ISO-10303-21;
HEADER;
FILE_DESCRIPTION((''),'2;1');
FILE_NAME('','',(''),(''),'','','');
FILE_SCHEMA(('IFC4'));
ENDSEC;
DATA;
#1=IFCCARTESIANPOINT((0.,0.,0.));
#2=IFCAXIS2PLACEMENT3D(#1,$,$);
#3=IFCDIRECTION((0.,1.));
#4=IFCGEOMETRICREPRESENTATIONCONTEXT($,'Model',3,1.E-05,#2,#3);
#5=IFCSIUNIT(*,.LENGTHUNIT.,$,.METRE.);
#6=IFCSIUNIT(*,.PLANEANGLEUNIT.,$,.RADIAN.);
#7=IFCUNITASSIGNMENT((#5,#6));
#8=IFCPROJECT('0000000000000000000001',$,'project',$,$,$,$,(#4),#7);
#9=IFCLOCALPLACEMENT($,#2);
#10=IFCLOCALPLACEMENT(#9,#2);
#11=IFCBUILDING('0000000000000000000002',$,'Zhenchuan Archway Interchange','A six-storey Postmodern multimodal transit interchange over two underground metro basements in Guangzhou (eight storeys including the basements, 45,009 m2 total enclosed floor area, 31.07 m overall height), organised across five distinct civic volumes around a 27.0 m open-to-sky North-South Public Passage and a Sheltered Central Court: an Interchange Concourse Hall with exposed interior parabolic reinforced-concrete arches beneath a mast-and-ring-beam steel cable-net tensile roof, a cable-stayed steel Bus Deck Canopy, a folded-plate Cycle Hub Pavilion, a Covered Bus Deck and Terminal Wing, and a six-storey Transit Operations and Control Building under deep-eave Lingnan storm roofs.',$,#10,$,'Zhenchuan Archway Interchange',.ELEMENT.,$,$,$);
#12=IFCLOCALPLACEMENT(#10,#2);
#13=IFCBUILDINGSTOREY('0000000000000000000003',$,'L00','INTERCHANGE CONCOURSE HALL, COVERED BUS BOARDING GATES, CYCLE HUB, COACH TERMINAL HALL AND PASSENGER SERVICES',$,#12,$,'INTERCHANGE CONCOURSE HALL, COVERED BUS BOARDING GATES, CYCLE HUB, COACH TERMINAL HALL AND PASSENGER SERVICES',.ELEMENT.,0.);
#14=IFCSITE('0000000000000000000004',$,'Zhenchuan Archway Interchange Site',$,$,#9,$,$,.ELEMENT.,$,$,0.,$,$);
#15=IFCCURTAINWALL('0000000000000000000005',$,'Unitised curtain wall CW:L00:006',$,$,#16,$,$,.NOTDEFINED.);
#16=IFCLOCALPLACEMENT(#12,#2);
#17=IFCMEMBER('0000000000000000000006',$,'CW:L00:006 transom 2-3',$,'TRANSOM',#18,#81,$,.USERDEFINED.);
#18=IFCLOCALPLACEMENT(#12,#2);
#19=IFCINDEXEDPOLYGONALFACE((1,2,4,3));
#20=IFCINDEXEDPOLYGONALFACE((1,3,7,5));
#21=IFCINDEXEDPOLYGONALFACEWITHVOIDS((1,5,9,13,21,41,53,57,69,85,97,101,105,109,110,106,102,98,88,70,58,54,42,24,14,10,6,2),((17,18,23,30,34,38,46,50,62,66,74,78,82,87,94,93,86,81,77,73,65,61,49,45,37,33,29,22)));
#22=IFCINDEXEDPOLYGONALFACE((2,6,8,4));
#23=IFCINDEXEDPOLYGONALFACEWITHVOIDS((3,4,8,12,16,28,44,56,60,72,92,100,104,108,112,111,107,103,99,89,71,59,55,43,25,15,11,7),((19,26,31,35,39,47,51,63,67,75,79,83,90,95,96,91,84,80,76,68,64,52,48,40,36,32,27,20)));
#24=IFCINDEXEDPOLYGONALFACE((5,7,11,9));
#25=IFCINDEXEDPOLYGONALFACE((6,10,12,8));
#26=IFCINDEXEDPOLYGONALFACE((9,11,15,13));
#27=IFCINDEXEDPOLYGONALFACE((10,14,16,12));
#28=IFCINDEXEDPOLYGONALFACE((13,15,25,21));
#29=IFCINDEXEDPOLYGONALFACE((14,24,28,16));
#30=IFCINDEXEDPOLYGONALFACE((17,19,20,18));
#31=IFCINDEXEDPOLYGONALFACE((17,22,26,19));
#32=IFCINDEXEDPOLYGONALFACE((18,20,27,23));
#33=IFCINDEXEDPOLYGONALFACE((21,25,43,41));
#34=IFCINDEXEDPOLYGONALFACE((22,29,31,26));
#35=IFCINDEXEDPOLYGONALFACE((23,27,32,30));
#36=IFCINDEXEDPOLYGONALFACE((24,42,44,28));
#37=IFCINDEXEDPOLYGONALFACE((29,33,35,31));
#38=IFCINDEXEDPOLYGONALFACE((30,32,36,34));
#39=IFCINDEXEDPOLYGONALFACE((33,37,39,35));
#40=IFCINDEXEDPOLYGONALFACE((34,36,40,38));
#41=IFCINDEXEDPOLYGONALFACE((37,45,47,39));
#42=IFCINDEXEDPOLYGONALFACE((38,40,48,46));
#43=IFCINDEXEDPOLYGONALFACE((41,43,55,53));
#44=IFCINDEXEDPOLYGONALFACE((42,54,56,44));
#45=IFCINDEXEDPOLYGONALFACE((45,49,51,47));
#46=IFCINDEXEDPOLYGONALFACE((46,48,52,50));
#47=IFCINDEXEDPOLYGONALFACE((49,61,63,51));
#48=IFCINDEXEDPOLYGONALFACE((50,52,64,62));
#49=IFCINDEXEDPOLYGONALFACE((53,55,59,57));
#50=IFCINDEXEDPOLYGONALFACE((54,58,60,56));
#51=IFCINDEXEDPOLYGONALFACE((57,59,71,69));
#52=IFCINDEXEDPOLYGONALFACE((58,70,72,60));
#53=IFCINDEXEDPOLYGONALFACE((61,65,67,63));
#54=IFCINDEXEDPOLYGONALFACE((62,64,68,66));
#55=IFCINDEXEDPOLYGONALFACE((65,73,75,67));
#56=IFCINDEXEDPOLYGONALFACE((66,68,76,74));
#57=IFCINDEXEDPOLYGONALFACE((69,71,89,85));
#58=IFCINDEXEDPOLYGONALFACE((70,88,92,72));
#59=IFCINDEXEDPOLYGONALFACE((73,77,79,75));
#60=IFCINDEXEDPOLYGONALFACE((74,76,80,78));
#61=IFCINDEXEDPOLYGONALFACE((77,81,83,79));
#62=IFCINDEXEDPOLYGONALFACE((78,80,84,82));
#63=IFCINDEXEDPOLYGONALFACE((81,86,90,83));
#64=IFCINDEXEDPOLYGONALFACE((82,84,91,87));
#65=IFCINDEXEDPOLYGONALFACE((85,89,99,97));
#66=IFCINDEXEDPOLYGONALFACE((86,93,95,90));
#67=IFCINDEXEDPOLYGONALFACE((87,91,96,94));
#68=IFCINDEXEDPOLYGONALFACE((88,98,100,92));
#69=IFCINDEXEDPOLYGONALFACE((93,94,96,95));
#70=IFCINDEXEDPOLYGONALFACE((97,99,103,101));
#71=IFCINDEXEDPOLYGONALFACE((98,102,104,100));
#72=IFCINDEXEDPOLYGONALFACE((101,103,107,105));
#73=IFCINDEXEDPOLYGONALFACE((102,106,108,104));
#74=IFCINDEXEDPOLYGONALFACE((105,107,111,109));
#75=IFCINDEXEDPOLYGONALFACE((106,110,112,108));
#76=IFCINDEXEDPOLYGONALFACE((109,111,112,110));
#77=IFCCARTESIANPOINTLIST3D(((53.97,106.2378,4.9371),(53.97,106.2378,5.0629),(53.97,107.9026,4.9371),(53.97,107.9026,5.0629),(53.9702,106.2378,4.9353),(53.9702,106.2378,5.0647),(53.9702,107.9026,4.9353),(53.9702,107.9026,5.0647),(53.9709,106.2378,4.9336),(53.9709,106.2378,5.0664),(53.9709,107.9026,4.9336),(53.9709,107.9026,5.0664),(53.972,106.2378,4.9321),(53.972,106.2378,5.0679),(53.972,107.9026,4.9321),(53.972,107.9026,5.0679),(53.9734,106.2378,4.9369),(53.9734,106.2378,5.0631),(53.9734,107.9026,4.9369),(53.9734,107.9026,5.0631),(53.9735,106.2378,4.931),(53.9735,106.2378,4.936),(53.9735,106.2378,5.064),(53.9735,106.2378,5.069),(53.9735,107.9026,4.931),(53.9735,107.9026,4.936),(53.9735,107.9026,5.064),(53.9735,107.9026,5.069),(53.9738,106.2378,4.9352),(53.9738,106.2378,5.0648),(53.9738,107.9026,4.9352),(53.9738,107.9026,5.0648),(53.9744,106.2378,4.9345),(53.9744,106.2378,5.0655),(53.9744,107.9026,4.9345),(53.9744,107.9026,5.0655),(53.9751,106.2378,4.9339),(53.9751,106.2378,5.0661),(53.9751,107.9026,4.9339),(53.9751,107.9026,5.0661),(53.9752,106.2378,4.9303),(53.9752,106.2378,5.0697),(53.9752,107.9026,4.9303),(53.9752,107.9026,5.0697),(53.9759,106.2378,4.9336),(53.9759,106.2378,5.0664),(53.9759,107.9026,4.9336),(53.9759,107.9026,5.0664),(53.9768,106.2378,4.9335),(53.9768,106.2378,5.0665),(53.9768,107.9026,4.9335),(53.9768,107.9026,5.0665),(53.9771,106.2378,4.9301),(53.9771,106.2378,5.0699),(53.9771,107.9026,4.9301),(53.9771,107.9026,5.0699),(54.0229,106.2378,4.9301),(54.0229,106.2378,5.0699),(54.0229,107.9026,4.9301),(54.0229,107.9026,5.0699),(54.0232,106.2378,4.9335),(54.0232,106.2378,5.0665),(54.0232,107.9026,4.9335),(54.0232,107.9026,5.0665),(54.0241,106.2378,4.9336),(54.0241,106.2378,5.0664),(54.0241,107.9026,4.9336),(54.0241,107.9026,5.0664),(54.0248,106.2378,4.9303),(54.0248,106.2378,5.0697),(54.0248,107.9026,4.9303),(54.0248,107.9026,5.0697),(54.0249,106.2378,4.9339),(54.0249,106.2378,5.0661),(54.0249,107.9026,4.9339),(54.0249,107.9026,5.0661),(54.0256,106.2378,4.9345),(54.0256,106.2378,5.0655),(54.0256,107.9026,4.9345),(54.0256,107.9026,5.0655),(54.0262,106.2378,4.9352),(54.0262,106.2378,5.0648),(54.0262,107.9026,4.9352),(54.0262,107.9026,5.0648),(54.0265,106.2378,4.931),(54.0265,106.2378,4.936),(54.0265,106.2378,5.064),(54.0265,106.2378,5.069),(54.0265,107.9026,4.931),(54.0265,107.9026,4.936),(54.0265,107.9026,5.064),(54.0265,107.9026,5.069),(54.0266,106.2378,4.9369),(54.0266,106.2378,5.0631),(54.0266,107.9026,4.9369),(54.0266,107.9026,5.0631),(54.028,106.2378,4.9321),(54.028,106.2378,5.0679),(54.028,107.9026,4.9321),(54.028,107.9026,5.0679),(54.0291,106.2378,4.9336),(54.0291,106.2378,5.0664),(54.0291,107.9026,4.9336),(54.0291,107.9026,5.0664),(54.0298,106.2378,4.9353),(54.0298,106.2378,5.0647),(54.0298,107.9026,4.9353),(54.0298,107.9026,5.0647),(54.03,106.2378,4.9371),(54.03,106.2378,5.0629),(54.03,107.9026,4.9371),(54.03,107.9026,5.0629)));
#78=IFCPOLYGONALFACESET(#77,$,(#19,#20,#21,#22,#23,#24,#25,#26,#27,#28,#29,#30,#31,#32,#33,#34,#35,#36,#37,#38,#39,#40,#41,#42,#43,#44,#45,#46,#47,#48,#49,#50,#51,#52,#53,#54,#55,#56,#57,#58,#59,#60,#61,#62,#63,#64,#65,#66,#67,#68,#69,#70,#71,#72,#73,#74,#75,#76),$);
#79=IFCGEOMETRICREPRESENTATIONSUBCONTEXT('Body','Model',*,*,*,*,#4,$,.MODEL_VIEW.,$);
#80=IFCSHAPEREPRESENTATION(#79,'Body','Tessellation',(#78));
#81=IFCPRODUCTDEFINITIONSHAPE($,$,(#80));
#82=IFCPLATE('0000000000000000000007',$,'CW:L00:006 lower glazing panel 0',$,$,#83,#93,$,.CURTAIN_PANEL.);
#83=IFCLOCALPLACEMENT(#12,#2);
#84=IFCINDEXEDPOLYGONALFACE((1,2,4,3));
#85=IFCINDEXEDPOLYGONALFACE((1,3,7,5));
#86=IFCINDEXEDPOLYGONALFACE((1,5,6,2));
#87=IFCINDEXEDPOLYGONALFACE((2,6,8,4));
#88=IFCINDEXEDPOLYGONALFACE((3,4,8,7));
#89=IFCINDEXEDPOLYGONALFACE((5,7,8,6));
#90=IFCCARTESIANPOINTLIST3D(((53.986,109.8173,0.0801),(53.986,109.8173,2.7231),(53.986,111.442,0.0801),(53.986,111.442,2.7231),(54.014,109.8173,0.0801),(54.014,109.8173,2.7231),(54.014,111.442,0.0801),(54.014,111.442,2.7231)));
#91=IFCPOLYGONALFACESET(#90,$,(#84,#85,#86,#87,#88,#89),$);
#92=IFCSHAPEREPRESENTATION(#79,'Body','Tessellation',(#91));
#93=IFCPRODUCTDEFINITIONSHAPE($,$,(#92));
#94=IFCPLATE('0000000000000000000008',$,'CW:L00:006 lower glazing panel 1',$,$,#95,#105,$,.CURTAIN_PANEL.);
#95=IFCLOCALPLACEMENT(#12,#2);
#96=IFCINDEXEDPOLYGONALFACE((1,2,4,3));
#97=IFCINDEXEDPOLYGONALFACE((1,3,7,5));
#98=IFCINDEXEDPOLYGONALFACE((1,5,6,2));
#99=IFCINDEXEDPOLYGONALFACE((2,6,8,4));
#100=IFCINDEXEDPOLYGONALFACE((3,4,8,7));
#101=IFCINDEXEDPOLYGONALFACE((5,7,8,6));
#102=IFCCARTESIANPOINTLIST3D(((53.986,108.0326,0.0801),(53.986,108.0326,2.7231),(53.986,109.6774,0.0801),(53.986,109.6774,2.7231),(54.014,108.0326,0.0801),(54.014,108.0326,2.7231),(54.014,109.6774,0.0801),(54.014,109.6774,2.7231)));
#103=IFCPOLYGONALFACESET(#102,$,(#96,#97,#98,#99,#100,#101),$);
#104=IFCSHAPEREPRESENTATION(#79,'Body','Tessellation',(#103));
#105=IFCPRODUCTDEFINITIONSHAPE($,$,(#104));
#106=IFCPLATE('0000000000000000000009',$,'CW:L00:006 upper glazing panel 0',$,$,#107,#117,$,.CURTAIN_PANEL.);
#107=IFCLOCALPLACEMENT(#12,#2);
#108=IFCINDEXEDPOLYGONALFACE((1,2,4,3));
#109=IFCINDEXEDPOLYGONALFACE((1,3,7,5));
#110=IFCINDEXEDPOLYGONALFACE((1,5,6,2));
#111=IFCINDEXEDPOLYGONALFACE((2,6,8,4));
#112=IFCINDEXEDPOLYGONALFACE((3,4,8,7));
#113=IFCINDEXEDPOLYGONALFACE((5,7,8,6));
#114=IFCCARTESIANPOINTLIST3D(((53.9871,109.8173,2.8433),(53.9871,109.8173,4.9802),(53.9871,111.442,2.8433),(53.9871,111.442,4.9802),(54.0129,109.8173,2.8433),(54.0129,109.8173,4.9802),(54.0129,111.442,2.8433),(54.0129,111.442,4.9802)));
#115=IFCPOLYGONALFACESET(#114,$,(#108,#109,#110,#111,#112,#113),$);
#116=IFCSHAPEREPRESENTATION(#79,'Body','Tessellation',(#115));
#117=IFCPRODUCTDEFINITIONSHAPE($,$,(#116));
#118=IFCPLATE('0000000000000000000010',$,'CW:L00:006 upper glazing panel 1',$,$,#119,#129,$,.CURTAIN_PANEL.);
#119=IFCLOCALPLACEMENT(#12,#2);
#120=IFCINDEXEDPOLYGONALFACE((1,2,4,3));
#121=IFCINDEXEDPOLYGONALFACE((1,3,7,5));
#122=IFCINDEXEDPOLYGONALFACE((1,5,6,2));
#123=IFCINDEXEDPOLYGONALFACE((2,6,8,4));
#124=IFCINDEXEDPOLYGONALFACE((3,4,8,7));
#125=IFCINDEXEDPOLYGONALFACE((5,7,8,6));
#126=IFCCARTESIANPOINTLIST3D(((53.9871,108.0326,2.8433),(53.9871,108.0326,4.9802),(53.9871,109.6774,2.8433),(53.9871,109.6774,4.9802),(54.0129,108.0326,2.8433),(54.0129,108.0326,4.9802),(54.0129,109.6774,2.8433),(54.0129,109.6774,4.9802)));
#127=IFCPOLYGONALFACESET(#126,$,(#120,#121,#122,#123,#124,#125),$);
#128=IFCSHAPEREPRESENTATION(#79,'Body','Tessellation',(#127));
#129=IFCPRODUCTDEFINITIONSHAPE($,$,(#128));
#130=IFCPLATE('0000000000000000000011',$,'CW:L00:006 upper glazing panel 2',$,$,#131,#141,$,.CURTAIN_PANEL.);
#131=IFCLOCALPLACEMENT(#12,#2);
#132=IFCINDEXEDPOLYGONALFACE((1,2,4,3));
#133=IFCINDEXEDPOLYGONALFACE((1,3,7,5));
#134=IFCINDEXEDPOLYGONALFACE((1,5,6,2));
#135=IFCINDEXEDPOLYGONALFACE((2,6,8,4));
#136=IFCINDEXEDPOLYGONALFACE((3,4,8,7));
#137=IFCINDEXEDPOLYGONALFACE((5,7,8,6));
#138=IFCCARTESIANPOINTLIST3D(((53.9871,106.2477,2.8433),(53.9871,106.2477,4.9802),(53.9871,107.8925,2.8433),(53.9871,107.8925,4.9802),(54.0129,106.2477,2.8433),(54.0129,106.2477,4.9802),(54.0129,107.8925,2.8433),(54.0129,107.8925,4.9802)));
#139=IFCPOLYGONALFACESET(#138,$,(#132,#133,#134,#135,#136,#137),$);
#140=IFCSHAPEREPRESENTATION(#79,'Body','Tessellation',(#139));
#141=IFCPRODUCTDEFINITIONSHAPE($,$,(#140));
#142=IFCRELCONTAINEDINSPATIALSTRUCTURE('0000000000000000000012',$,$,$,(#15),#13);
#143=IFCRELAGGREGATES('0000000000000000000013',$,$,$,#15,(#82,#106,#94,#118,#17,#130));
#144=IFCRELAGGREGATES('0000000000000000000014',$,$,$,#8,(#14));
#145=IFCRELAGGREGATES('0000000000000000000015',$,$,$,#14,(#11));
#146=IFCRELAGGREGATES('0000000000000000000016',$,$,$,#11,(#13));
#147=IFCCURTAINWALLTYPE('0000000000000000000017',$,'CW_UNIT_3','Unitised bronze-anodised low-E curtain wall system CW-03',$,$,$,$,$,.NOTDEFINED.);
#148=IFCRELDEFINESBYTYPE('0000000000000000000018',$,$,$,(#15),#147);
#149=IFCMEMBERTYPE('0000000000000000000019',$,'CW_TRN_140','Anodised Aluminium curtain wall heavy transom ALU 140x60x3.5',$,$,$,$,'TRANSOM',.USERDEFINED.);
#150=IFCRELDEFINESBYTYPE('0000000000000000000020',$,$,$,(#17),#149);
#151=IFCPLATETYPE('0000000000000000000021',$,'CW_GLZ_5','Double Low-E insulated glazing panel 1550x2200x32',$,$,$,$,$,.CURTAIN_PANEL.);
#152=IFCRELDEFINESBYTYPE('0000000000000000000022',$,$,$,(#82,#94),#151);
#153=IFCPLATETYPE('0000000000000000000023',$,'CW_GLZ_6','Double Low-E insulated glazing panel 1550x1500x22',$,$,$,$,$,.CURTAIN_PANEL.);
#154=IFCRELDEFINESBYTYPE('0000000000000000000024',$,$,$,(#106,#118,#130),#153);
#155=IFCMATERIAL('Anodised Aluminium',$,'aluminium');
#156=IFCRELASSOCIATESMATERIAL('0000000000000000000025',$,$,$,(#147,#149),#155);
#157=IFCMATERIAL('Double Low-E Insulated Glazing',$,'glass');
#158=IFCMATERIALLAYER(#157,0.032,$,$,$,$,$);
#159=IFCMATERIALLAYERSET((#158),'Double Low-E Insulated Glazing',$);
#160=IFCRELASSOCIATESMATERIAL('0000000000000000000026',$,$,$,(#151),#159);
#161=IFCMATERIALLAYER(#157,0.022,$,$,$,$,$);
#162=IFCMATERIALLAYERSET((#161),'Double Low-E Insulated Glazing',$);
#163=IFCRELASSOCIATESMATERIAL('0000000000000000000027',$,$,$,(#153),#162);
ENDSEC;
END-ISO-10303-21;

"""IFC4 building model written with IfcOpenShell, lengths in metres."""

from ifc_helpers import new_model, si_unit, direction, frame, origin, origin_2d, place, context, subcontext, project, spatial, rectangle, hollow_rectangle, extrude, material, layer, layer_set, material_profile, profile_set, type_object, element, aggregate, save


model = new_model("IFC4")

# Units and contexts
model_context = context("Model", 3, precision=1e-05, world=origin(), true_north=direction((0.0, 1.0)))
body_context = subcontext(model_context, "Body", "Model", "MODEL_VIEW")
ifc_project = project(units=[si_unit("LENGTHUNIT", "METRE"), si_unit("PLANEANGLEUNIT", "RADIAN")], contexts=[model_context])

# Site, building, storey
site_placement = place(None, origin())
site = spatial("IfcSite", under=ifc_project, at=site_placement, Name="Zhenchuan Archway Interchange Site", CompositionType="ELEMENT", RefElevation=0.0)
building_placement = place(site_placement, origin())
building = spatial("IfcBuilding", under=site, at=building_placement, Name="Zhenchuan Archway Interchange", Description="A six-storey Postmodern multimodal transit interchange over two underground metro basements in Guangzhou (eight storeys including the basements, 45,009 m2 total enclosed floor area, 31.07 m overall height), organised across five distinct civic volumes around a 27.0 m open-to-sky North-South Public Passage and a Sheltered Central Court: an Interchange Concourse Hall with exposed interior parabolic reinforced-concrete arches beneath a mast-and-ring-beam steel cable-net tensile roof, a cable-stayed steel Bus Deck Canopy, a folded-plate Cycle Hub Pavilion, a Covered Bus Deck and Terminal Wing, and a six-storey Transit Operations and Control Building under deep-eave Lingnan storm roofs.", LongName="Zhenchuan Archway Interchange", CompositionType="ELEMENT")
storey_placement = place(building_placement, origin())
storey = spatial("IfcBuildingStorey", under=building, at=storey_placement, Name="L00", Description="INTERCHANGE CONCOURSE HALL, COVERED BUS BOARDING GATES, CYCLE HUB, COACH TERMINAL HALL AND PASSENGER SERVICES", LongName="INTERCHANGE CONCOURSE HALL, COVERED BUS BOARDING GATES, CYCLE HUB, COACH TERMINAL HALL AND PASSENGER SERVICES", CompositionType="ELEMENT", Elevation=0.0)

# Curtain wall, member, plates
ifc_material_1 = material(Name="Anodised Aluminium", Category="aluminium")
curtain_wall_type = type_object("IfcCurtainWallType", Name="CW_UNIT_3", Description="Unitised bronze-anodised low-E curtain wall system CW-03", PredefinedType="NOTDEFINED", material=ifc_material_1)
curtain_wall_placement = place(storey_placement, origin())
curtain_wall = element("IfcCurtainWall", 1, at=curtain_wall_placement, inside=storey, type_object=curtain_wall_type, Name="Unitised curtain wall CW:L00:006", PredefinedType="NOTDEFINED")
ifc_material_profile_1 = material_profile(ifc_material_1, hollow_rectangle(XDim=0.0601, YDim=0.1399, WallThickness=0.0034, InnerFilletRadius=0.0034, OuterFilletRadius=0.0071, at=origin_2d()), Name="ALU 140x60x3.5")
ifc_profile_set_1 = profile_set([ifc_material_profile_1], Name="Anodised Aluminium")
member_type_1 = type_object("IfcMemberType", Name="CW_TRN_140", Description="Anodised Aluminium curtain wall heavy transom ALU 140x60x3.5", ElementType="TRANSOM", PredefinedType="USERDEFINED", material=ifc_profile_set_1)
member_1_placement = place(storey_placement, frame((54.0, 107.9026, 5.0), z_axis=(0.0, -1.0, 0.0), x_axis=(1.0, 0.0, 0.0)))
member_1 = element("IfcMember", 2, at=member_1_placement, type_object=member_type_1, Name="CW:L00:006 transom 2-3", ObjectType="TRANSOM", PredefinedType="USERDEFINED", context=body_context, shape_type="SweptSolid", body=[
    extrude(hollow_rectangle(XDim=0.0601, YDim=0.1399, WallThickness=0.0034, InnerFilletRadius=0.0034, OuterFilletRadius=0.0071, at=origin_2d()), origin(), (0.0, 0.0, 1.0), 1.6648),
])
ifc_material_2 = material(Name="Double Low-E Insulated Glazing", Category="glass")
ifc_layer_1 = layer(ifc_material_2, 0.032)
ifc_layer_set_1 = layer_set([ifc_layer_1], Name="Double Low-E Insulated Glazing")
plate_type_1 = type_object("IfcPlateType", Name="CW_GLZ_5", Description="Double Low-E insulated glazing panel 1550x2200x32", PredefinedType="CURTAIN_PANEL", material=ifc_layer_set_1)
plate_1_placement = place(storey_placement, frame((54.0, 110.6296, 0.0801), z_axis=(0.0, 0.0, 1.0), x_axis=(0.0, -1.0, 0.0)))
plate_1 = element("IfcPlate", 3, at=plate_1_placement, type_object=plate_type_1, Name="CW:L00:006 lower glazing panel 0", PredefinedType="CURTAIN_PANEL", context=body_context, shape_type="SweptSolid", body=[
    extrude(rectangle(XDim=1.6248, YDim=0.0281, at=origin_2d()), origin(), (0.0, 0.0, 1.0), 2.6431),
])
plate_2_placement = place(storey_placement, frame((54.0, 108.855, 0.0801), z_axis=(0.0, 0.0, 1.0), x_axis=(0.0, -1.0, 0.0)))
plate_2 = element("IfcPlate", 4, at=plate_2_placement, type_object=plate_type_1, Name="CW:L00:006 lower glazing panel 1", PredefinedType="CURTAIN_PANEL", context=body_context, shape_type="SweptSolid", body=[
    extrude(rectangle(XDim=1.6448, YDim=0.0281, at=origin_2d()), origin(), (0.0, 0.0, 1.0), 2.6431),
])
ifc_layer_2 = layer(ifc_material_2, 0.022)
ifc_layer_set_2 = layer_set([ifc_layer_2], Name="Double Low-E Insulated Glazing")
plate_type_2 = type_object("IfcPlateType", Name="CW_GLZ_6", Description="Double Low-E insulated glazing panel 1550x1500x22", PredefinedType="CURTAIN_PANEL", material=ifc_layer_set_2)
plate_3_placement = place(storey_placement, frame((54.0, 110.6296, 2.8433), z_axis=(0.0, 0.0, 1.0), x_axis=(0.0, -1.0, 0.0)))
plate_3 = element("IfcPlate", 5, at=plate_3_placement, type_object=plate_type_2, Name="CW:L00:006 upper glazing panel 0", PredefinedType="CURTAIN_PANEL", context=body_context, shape_type="SweptSolid", body=[
    extrude(rectangle(XDim=1.6248, YDim=0.0259, at=origin_2d()), origin(), (0.0, 0.0, 1.0), 2.137),
])
plate_4_placement = place(storey_placement, frame((54.0, 108.855, 2.8433), z_axis=(0.0, 0.0, 1.0), x_axis=(0.0, -1.0, 0.0)))
plate_4 = element("IfcPlate", 6, at=plate_4_placement, type_object=plate_type_2, Name="CW:L00:006 upper glazing panel 1", PredefinedType="CURTAIN_PANEL", context=body_context, shape_type="SweptSolid", body=[
    extrude(rectangle(XDim=1.6448, YDim=0.0259, at=origin_2d()), origin(), (0.0, 0.0, 1.0), 2.137),
])
plate_5_placement = place(storey_placement, frame((54.0, 107.0701, 2.8433), z_axis=(0.0, 0.0, 1.0), x_axis=(0.0, -1.0, 0.0)))
plate_5 = element("IfcPlate", 7, at=plate_5_placement, type_object=plate_type_2, Name="CW:L00:006 upper glazing panel 2", PredefinedType="CURTAIN_PANEL", context=body_context, shape_type="SweptSolid", body=[
    extrude(rectangle(XDim=1.6448, YDim=0.0259, at=origin_2d()), origin(), (0.0, 0.0, 1.0), 2.137),
])
aggregate(curtain_wall, [plate_1, plate_3, plate_2, plate_4, member_1, plate_5])

save(model, "model.ifc")
